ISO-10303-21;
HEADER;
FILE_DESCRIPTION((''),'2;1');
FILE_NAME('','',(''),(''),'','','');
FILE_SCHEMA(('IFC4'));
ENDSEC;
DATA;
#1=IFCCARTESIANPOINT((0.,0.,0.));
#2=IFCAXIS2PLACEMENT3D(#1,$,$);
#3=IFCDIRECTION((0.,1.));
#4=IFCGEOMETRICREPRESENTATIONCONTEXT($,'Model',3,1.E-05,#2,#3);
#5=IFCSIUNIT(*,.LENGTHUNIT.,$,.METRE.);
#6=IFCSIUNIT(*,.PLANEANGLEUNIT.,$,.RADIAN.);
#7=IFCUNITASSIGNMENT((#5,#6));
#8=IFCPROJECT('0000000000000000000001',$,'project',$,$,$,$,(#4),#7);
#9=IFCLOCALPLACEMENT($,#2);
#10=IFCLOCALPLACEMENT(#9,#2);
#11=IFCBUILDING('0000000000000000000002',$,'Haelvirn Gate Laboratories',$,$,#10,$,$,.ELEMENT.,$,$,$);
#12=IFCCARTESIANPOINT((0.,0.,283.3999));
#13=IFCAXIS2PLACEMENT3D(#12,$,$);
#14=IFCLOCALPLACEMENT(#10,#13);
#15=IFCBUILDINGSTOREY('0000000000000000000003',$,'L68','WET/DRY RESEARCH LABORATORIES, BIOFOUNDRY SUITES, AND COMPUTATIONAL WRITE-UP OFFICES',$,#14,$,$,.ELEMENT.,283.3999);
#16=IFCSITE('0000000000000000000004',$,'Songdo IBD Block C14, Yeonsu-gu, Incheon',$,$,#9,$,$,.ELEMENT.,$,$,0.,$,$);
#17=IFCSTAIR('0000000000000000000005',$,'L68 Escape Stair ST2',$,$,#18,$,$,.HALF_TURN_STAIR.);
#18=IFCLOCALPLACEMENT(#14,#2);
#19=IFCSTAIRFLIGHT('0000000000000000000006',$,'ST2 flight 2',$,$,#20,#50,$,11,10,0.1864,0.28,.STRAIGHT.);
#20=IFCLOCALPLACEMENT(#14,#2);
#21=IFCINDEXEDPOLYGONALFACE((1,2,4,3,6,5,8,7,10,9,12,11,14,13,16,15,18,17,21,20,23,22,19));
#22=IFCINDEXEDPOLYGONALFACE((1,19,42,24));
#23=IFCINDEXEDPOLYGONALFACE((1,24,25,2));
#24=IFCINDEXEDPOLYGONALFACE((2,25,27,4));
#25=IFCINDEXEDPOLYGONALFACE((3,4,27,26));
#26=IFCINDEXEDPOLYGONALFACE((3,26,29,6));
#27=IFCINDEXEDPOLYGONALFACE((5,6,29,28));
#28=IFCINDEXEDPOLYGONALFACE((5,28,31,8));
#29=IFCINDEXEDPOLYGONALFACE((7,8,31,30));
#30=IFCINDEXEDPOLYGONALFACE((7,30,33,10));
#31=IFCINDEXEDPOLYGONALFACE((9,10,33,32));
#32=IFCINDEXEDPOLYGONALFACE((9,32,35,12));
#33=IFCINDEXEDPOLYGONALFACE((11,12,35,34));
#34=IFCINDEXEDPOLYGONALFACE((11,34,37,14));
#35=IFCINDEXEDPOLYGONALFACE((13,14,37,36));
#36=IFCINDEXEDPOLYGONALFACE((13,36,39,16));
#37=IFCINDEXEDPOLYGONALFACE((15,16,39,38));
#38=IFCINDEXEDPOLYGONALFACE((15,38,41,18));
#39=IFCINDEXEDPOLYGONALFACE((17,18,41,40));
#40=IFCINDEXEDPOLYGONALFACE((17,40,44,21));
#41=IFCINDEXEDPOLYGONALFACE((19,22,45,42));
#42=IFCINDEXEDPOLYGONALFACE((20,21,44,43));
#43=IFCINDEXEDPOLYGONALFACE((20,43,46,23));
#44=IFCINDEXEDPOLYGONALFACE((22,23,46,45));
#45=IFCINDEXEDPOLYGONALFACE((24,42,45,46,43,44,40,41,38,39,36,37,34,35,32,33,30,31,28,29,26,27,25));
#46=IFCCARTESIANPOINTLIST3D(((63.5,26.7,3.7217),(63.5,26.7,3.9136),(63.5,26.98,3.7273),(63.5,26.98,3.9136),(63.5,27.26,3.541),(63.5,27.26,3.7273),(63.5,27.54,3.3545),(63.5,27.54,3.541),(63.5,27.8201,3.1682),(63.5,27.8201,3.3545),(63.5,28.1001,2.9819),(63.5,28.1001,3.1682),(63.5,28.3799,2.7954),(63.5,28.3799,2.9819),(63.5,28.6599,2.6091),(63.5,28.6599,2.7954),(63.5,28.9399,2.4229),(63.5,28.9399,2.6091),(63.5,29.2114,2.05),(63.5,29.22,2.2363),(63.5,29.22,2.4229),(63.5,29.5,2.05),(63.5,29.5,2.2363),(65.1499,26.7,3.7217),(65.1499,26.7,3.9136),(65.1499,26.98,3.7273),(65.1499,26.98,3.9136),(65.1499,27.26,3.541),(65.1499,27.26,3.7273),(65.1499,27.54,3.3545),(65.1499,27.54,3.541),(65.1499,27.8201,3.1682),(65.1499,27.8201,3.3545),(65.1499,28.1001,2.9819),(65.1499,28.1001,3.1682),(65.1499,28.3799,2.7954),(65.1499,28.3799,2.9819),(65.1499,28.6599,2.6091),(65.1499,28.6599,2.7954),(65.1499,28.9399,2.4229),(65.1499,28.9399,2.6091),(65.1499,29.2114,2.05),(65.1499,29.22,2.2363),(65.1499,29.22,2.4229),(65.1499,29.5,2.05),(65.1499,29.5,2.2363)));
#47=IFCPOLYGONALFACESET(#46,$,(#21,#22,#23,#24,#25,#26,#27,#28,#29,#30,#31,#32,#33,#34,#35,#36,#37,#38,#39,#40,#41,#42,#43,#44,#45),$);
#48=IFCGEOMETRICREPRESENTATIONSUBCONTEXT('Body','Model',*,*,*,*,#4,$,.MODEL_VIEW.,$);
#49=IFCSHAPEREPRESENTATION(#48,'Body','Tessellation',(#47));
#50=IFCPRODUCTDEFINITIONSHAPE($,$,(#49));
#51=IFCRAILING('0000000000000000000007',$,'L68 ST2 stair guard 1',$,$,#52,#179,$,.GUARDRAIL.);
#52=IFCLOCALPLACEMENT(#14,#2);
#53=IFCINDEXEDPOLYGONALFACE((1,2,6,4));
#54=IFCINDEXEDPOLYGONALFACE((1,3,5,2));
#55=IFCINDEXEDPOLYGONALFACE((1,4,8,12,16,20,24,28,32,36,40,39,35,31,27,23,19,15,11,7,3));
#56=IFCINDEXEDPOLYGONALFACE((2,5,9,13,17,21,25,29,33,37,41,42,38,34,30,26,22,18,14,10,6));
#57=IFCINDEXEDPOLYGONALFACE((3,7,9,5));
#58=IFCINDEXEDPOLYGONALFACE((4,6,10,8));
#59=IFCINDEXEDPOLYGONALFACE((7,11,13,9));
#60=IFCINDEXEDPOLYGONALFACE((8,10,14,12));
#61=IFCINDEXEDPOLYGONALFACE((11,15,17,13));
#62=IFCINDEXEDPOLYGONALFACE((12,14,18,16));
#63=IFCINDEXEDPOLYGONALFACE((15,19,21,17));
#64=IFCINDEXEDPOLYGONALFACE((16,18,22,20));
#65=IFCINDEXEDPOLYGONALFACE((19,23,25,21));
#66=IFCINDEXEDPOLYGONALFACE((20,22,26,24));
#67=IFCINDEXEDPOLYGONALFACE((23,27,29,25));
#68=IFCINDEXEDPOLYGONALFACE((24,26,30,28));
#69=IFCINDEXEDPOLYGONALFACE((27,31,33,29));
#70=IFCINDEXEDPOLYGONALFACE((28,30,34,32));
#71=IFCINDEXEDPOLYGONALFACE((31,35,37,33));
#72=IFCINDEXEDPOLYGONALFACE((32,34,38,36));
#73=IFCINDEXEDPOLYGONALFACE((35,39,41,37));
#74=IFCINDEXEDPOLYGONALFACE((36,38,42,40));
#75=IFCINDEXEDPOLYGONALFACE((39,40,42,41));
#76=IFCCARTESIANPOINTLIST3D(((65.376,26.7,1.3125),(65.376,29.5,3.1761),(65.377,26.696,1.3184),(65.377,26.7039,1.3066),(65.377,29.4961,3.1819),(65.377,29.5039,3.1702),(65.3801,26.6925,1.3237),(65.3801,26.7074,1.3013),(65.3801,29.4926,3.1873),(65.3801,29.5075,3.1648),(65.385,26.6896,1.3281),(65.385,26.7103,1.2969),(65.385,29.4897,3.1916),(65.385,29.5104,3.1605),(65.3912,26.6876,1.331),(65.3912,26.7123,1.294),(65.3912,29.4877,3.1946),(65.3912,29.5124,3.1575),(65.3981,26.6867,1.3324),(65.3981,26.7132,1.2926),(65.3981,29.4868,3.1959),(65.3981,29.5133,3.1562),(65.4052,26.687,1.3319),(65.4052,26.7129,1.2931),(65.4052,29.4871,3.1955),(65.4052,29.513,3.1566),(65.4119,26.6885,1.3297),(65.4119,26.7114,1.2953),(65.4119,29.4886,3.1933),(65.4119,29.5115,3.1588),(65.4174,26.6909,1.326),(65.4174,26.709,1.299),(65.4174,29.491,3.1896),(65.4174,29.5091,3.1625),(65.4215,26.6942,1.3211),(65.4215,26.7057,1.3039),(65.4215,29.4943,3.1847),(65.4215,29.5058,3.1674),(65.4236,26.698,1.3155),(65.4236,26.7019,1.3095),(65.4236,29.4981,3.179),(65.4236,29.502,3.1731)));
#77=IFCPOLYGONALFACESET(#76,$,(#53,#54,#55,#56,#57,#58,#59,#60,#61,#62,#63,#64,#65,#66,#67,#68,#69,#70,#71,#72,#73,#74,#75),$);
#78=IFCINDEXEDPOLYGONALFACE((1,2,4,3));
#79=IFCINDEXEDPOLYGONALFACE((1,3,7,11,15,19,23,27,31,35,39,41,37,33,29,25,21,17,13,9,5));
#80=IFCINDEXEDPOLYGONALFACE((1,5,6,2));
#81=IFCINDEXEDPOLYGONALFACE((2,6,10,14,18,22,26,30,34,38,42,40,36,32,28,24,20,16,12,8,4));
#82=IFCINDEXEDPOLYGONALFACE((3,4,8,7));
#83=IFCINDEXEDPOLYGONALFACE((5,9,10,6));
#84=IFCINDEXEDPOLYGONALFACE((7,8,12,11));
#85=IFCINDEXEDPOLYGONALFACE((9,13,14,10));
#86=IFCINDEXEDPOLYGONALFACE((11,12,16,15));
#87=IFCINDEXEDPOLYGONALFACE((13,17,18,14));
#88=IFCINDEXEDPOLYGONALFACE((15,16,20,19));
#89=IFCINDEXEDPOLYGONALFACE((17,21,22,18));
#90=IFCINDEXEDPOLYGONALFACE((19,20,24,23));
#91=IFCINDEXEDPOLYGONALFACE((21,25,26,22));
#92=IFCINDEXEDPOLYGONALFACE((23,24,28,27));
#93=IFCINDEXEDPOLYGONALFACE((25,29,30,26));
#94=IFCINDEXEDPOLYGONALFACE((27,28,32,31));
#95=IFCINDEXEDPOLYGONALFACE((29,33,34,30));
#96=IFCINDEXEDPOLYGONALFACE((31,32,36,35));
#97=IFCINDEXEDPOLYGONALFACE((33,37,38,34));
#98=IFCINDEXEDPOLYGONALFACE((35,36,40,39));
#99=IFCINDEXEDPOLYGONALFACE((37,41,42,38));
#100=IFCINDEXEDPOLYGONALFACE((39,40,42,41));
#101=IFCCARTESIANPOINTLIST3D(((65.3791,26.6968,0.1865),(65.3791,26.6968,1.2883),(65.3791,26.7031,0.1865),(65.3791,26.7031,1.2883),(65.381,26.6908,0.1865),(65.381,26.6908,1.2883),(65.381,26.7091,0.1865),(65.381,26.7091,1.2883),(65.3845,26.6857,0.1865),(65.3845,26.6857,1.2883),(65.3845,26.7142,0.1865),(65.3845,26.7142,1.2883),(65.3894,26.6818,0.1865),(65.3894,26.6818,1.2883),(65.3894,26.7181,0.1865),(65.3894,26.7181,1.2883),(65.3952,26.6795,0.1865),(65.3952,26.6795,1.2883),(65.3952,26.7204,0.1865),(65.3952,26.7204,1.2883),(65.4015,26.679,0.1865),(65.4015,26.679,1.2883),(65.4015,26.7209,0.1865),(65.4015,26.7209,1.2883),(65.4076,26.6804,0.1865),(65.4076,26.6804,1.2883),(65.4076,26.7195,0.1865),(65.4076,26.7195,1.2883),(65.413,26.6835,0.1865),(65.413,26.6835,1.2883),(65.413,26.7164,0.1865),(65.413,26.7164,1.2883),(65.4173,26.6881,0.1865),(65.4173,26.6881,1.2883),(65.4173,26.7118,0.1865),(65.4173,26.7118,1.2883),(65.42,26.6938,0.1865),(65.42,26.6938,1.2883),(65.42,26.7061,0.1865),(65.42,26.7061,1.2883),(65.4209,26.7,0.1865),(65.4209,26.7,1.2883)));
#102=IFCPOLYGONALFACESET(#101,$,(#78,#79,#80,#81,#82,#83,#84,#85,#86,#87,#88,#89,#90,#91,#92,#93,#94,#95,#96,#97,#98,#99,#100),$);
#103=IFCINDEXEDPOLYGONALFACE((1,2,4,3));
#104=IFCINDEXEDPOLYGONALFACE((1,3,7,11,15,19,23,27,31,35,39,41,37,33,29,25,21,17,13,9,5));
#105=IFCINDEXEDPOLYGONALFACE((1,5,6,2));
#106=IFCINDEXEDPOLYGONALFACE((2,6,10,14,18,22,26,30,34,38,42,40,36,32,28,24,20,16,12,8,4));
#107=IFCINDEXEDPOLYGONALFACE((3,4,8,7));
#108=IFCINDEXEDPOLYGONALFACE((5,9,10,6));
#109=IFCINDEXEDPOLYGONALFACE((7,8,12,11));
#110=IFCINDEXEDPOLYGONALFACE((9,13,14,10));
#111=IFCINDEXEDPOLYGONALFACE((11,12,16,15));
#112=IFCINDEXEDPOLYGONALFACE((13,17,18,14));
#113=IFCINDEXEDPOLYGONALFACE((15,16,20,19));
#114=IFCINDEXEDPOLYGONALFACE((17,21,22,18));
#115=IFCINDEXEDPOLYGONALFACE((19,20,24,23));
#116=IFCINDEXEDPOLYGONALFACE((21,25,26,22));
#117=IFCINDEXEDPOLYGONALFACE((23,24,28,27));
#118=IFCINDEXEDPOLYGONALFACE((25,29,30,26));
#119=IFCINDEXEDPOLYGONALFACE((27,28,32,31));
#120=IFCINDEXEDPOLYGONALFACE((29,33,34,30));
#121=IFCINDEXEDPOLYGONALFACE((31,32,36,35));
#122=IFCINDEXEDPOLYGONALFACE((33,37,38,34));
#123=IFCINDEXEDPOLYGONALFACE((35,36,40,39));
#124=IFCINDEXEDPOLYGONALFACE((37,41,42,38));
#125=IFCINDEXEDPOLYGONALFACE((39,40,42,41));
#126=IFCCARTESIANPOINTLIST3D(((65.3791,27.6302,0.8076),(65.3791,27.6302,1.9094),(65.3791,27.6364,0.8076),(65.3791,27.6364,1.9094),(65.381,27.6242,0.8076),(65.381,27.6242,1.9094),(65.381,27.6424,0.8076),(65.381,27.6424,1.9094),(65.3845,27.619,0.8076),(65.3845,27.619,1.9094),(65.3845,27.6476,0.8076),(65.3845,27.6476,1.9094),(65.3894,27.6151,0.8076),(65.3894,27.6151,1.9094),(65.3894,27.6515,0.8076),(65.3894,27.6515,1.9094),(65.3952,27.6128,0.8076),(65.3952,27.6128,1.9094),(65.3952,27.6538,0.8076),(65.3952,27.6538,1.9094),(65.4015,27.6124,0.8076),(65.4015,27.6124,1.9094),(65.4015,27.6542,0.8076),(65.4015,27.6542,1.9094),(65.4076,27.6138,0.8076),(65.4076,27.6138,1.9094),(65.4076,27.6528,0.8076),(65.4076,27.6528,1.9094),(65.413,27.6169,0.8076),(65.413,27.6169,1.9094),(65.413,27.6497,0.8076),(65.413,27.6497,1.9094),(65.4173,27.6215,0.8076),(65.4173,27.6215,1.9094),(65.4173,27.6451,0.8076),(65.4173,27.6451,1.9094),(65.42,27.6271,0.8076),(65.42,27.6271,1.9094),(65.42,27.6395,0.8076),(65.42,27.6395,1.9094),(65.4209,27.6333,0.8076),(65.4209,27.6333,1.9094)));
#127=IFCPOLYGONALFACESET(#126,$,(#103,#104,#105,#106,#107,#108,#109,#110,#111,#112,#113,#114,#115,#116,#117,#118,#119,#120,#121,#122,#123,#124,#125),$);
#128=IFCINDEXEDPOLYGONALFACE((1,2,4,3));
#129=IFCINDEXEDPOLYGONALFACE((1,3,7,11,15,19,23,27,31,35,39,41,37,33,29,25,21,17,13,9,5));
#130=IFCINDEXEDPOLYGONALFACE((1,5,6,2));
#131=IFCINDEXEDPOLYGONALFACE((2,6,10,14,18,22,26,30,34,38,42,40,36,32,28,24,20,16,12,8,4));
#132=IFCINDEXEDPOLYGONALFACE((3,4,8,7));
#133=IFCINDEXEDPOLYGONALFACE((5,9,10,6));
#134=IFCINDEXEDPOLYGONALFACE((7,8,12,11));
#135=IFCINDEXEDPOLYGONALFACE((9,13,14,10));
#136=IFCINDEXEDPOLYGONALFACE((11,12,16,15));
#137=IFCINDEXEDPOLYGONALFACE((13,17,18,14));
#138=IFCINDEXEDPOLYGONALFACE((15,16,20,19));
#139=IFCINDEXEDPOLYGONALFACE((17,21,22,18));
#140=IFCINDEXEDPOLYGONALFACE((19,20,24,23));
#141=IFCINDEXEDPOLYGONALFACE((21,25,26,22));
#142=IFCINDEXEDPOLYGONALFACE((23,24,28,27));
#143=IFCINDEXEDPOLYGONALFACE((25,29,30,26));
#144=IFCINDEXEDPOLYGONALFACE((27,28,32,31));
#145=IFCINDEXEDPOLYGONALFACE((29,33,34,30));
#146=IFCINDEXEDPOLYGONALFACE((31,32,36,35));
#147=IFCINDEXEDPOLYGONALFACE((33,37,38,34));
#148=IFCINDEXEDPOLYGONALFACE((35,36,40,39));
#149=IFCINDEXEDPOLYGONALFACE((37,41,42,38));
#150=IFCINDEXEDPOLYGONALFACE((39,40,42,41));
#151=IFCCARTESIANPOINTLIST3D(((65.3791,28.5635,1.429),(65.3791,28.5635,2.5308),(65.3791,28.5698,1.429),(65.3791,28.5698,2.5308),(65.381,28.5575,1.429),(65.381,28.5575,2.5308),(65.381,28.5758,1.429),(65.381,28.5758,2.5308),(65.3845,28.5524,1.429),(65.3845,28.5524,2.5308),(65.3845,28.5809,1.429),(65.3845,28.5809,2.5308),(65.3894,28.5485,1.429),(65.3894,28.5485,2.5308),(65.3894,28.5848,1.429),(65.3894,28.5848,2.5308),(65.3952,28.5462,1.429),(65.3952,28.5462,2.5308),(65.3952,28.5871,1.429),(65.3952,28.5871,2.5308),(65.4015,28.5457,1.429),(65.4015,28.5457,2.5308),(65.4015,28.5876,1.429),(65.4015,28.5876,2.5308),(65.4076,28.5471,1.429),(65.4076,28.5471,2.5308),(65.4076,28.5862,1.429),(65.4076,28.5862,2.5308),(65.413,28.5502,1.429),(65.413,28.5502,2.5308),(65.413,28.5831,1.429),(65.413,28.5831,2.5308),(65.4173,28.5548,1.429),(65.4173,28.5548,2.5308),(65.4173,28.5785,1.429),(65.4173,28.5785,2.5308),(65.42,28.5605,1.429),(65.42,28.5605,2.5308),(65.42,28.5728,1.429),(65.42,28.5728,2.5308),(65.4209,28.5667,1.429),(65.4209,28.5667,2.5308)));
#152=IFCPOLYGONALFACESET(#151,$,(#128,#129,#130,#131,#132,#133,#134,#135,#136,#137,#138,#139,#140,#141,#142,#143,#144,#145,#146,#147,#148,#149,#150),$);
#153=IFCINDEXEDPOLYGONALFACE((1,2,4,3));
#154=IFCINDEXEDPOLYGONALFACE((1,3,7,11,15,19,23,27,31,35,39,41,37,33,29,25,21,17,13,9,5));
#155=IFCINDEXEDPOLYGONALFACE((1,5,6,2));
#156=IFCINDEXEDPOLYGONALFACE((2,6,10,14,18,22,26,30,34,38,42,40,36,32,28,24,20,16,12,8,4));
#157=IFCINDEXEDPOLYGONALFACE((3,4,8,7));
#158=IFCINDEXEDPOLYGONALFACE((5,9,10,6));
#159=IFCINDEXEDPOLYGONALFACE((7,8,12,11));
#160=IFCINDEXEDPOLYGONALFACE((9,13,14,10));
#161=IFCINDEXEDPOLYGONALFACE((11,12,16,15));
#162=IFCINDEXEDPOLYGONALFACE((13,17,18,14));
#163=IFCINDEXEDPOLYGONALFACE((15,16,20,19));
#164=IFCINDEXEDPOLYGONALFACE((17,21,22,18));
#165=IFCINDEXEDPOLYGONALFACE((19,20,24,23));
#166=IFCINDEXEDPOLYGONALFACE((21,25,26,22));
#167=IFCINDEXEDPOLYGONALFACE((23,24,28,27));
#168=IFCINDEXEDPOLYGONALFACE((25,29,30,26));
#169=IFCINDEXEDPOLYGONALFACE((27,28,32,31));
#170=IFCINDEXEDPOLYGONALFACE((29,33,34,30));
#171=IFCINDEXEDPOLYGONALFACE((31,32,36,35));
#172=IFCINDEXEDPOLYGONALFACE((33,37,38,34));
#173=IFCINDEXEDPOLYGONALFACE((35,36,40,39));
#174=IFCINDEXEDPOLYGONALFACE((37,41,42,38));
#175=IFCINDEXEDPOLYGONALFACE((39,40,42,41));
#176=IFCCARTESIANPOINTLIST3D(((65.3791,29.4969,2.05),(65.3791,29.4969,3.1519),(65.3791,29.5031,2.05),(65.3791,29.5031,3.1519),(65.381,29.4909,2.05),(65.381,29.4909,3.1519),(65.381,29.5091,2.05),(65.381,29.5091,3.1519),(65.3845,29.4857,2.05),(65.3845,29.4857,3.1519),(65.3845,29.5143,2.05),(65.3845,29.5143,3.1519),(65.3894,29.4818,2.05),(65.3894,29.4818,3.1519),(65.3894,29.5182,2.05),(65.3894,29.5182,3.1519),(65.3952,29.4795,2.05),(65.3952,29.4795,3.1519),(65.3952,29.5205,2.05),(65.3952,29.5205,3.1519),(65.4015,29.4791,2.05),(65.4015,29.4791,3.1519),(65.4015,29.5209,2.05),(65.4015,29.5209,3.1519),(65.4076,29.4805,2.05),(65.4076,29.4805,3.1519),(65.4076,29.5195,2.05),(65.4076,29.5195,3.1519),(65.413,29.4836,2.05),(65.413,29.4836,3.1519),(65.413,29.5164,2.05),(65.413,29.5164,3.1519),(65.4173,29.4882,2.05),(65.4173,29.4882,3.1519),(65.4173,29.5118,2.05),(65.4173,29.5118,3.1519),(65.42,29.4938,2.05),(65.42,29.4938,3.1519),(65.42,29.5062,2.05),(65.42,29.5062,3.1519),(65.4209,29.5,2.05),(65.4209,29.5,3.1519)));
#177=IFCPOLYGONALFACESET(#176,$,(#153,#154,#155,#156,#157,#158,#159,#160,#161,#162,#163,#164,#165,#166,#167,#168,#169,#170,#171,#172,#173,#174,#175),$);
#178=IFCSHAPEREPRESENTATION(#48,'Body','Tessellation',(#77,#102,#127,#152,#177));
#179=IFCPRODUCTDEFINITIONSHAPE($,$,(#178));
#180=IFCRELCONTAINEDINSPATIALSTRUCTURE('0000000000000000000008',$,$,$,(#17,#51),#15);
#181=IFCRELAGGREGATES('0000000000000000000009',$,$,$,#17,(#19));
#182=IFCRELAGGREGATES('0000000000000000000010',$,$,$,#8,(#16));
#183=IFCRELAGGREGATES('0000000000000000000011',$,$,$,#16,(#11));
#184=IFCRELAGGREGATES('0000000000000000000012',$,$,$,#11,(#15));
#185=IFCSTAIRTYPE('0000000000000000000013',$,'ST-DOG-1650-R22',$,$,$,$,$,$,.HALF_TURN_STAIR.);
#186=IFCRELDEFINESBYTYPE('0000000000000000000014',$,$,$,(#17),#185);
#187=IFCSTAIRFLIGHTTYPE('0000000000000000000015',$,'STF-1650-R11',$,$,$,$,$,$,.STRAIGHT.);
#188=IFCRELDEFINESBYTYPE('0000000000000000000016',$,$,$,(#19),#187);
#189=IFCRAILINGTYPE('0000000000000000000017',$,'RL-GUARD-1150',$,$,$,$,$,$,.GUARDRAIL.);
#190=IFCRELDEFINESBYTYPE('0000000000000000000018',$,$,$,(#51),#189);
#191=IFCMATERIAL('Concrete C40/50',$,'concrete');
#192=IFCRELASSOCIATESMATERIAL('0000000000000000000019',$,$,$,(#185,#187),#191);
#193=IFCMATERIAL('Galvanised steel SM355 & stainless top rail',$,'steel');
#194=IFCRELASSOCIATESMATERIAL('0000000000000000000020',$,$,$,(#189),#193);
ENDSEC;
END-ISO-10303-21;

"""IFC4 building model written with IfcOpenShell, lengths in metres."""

from ifc_helpers import new_model, si_unit, direction, frame, origin, origin_2d, place, context, subcontext, project, spatial, polyline, circle, outline, extrude, source, transform, mapped, material, type_object, type_shapes, element, aggregate, save


model = new_model("IFC4")

# Units and contexts
model_context = context("Model", 3, precision=1e-05, world=origin(), true_north=direction((0.0, 1.0)))
body_context = subcontext(model_context, "Body", "Model", "MODEL_VIEW")
ifc_project = project(units=[si_unit("LENGTHUNIT", "METRE"), si_unit("PLANEANGLEUNIT", "RADIAN")], contexts=[model_context])

# Site, building, storey
site_placement = place(None, origin())
site = spatial("IfcSite", under=ifc_project, at=site_placement, Name="Songdo IBD Block C14, Yeonsu-gu, Incheon", CompositionType="ELEMENT", RefElevation=0.0)
building_placement = place(site_placement, origin())
building = spatial("IfcBuilding", under=site, at=building_placement, Name="Haelvirn Gate Laboratories", CompositionType="ELEMENT")
storey_placement = place(building_placement, frame((0.0, 0.0, 283.3999)))
storey = spatial("IfcBuildingStorey", under=building, at=storey_placement, Name="L68", Description="WET/DRY RESEARCH LABORATORIES, BIOFOUNDRY SUITES, AND COMPUTATIONAL WRITE-UP OFFICES", CompositionType="ELEMENT", Elevation=283.3999)

# Shared definitions
ifc_material_1 = material(Name="Concrete C40/50", Category="concrete")

# Stair, stair flight
stair_type = type_object("IfcStairType", Name="ST-DOG-1650-R22", PredefinedType="HALF_TURN_STAIR", material=ifc_material_1)
stair_placement = place(storey_placement, origin())
stair = element("IfcStair", 1, at=stair_placement, inside=storey, type_object=stair_type, Name="L68 Escape Stair ST2", PredefinedType="HALF_TURN_STAIR")
stair_flight_type = type_object("IfcStairFlightType", Name="STF-1650-R11", PredefinedType="STRAIGHT", material=ifc_material_1)
shared_shape_1 = source(origin(), body_context, "Body", "SweptSolid", [
    extrude(outline(polyline([(0.0, 0.0), (0.0, 0.1863), (0.28, 0.1863), (0.28, 0.3728), (0.5601, 0.3728), (0.5601, 0.5591), (0.8401, 0.5591), (0.8401, 0.7454), (1.1201, 0.7454), (1.1201, 0.9319), (1.3999, 0.9319), (1.3999, 1.1182), (1.6799, 1.1182), (1.6799, 1.3044), (1.96, 1.3044), (1.96, 1.491), (2.24, 1.491), (2.24, 1.6772), (2.52, 1.6772), (2.52, 1.8635), (2.8, 1.8635), (2.8, 2.05), (2.8, 1.6716), (0.2886, 0.0), (0.0, 0.0)])), frame((0.0, 0.825, 0.0), z_axis=(0.0, -1.0, 0.0), x_axis=(1.0, 0.0, 0.0)), (0.0, 0.0, 1.0), 1.6499),
])
type_shapes(stair_flight_type, [shared_shape_1])
stair_flight_1_placement = place(storey_placement, frame((64.325, 29.5, 2.05), z_axis=(0.0, 0.0, 1.0), x_axis=(0.0, -1.0, 0.0)))
stair_flight_1 = element("IfcStairFlight", 2, at=stair_flight_1_placement, type_object=stair_flight_type, Name="ST2 flight 2", NumberOfRisers=11, NumberOfTreads=10, PredefinedType="STRAIGHT", RiserHeight=0.1864, TreadLength=0.28, context=body_context, shape_type="MappedRepresentation", body=[
    mapped(shared_shape_1, transform((0.0, 0.0, 0.0), scale=1.0)),
])
aggregate(stair, [stair_flight_1])

# Railing
ifc_material_2 = material(Name="Galvanised steel SM355 & stainless top rail", Category="steel")
railing_type_1 = type_object("IfcRailingType", Name="RL-GUARD-1150", PredefinedType="GUARDRAIL", material=ifc_material_2)
shared_shape_2 = source(origin(), body_context, "Body", "SweptSolid", [
    extrude(circle(Radius=0.0239, at=origin_2d()), frame((0.0, 0.0, 1.126), z_axis=(0.0, 0.832486, 0.554047), x_axis=(-1.0, 0.0, 0.0)), (0.0, 0.0, 1.0), 3.3635),
    extrude(circle(Radius=0.021, at=origin_2d()), origin(), (0.0, 0.0, 1.0), 1.1018),
    extrude(circle(Radius=0.021, at=origin_2d()), frame((0.0, 0.9333, 0.6211)), (0.0, 0.0, 1.0), 1.1018),
    extrude(circle(Radius=0.021, at=origin_2d()), frame((0.0, 1.8667, 1.2424)), (0.0, 0.0, 1.0), 1.1018),
    extrude(circle(Radius=0.021, at=origin_2d()), frame((0.0, 2.8, 1.8635)), (0.0, 0.0, 1.0), 1.1018),
])
railing_1_placement = place(storey_placement, frame((65.3999, 26.7, 0.1865)))
element("IfcRailing", 3, at=railing_1_placement, inside=storey, type_object=railing_type_1, Name="L68 ST2 stair guard 1", PredefinedType="GUARDRAIL", context=body_context, shape_type="MappedRepresentation", body=[
    mapped(shared_shape_2, transform((0.0, 0.0, 0.0), scale=1.0)),
])

save(model, "model.ifc")
